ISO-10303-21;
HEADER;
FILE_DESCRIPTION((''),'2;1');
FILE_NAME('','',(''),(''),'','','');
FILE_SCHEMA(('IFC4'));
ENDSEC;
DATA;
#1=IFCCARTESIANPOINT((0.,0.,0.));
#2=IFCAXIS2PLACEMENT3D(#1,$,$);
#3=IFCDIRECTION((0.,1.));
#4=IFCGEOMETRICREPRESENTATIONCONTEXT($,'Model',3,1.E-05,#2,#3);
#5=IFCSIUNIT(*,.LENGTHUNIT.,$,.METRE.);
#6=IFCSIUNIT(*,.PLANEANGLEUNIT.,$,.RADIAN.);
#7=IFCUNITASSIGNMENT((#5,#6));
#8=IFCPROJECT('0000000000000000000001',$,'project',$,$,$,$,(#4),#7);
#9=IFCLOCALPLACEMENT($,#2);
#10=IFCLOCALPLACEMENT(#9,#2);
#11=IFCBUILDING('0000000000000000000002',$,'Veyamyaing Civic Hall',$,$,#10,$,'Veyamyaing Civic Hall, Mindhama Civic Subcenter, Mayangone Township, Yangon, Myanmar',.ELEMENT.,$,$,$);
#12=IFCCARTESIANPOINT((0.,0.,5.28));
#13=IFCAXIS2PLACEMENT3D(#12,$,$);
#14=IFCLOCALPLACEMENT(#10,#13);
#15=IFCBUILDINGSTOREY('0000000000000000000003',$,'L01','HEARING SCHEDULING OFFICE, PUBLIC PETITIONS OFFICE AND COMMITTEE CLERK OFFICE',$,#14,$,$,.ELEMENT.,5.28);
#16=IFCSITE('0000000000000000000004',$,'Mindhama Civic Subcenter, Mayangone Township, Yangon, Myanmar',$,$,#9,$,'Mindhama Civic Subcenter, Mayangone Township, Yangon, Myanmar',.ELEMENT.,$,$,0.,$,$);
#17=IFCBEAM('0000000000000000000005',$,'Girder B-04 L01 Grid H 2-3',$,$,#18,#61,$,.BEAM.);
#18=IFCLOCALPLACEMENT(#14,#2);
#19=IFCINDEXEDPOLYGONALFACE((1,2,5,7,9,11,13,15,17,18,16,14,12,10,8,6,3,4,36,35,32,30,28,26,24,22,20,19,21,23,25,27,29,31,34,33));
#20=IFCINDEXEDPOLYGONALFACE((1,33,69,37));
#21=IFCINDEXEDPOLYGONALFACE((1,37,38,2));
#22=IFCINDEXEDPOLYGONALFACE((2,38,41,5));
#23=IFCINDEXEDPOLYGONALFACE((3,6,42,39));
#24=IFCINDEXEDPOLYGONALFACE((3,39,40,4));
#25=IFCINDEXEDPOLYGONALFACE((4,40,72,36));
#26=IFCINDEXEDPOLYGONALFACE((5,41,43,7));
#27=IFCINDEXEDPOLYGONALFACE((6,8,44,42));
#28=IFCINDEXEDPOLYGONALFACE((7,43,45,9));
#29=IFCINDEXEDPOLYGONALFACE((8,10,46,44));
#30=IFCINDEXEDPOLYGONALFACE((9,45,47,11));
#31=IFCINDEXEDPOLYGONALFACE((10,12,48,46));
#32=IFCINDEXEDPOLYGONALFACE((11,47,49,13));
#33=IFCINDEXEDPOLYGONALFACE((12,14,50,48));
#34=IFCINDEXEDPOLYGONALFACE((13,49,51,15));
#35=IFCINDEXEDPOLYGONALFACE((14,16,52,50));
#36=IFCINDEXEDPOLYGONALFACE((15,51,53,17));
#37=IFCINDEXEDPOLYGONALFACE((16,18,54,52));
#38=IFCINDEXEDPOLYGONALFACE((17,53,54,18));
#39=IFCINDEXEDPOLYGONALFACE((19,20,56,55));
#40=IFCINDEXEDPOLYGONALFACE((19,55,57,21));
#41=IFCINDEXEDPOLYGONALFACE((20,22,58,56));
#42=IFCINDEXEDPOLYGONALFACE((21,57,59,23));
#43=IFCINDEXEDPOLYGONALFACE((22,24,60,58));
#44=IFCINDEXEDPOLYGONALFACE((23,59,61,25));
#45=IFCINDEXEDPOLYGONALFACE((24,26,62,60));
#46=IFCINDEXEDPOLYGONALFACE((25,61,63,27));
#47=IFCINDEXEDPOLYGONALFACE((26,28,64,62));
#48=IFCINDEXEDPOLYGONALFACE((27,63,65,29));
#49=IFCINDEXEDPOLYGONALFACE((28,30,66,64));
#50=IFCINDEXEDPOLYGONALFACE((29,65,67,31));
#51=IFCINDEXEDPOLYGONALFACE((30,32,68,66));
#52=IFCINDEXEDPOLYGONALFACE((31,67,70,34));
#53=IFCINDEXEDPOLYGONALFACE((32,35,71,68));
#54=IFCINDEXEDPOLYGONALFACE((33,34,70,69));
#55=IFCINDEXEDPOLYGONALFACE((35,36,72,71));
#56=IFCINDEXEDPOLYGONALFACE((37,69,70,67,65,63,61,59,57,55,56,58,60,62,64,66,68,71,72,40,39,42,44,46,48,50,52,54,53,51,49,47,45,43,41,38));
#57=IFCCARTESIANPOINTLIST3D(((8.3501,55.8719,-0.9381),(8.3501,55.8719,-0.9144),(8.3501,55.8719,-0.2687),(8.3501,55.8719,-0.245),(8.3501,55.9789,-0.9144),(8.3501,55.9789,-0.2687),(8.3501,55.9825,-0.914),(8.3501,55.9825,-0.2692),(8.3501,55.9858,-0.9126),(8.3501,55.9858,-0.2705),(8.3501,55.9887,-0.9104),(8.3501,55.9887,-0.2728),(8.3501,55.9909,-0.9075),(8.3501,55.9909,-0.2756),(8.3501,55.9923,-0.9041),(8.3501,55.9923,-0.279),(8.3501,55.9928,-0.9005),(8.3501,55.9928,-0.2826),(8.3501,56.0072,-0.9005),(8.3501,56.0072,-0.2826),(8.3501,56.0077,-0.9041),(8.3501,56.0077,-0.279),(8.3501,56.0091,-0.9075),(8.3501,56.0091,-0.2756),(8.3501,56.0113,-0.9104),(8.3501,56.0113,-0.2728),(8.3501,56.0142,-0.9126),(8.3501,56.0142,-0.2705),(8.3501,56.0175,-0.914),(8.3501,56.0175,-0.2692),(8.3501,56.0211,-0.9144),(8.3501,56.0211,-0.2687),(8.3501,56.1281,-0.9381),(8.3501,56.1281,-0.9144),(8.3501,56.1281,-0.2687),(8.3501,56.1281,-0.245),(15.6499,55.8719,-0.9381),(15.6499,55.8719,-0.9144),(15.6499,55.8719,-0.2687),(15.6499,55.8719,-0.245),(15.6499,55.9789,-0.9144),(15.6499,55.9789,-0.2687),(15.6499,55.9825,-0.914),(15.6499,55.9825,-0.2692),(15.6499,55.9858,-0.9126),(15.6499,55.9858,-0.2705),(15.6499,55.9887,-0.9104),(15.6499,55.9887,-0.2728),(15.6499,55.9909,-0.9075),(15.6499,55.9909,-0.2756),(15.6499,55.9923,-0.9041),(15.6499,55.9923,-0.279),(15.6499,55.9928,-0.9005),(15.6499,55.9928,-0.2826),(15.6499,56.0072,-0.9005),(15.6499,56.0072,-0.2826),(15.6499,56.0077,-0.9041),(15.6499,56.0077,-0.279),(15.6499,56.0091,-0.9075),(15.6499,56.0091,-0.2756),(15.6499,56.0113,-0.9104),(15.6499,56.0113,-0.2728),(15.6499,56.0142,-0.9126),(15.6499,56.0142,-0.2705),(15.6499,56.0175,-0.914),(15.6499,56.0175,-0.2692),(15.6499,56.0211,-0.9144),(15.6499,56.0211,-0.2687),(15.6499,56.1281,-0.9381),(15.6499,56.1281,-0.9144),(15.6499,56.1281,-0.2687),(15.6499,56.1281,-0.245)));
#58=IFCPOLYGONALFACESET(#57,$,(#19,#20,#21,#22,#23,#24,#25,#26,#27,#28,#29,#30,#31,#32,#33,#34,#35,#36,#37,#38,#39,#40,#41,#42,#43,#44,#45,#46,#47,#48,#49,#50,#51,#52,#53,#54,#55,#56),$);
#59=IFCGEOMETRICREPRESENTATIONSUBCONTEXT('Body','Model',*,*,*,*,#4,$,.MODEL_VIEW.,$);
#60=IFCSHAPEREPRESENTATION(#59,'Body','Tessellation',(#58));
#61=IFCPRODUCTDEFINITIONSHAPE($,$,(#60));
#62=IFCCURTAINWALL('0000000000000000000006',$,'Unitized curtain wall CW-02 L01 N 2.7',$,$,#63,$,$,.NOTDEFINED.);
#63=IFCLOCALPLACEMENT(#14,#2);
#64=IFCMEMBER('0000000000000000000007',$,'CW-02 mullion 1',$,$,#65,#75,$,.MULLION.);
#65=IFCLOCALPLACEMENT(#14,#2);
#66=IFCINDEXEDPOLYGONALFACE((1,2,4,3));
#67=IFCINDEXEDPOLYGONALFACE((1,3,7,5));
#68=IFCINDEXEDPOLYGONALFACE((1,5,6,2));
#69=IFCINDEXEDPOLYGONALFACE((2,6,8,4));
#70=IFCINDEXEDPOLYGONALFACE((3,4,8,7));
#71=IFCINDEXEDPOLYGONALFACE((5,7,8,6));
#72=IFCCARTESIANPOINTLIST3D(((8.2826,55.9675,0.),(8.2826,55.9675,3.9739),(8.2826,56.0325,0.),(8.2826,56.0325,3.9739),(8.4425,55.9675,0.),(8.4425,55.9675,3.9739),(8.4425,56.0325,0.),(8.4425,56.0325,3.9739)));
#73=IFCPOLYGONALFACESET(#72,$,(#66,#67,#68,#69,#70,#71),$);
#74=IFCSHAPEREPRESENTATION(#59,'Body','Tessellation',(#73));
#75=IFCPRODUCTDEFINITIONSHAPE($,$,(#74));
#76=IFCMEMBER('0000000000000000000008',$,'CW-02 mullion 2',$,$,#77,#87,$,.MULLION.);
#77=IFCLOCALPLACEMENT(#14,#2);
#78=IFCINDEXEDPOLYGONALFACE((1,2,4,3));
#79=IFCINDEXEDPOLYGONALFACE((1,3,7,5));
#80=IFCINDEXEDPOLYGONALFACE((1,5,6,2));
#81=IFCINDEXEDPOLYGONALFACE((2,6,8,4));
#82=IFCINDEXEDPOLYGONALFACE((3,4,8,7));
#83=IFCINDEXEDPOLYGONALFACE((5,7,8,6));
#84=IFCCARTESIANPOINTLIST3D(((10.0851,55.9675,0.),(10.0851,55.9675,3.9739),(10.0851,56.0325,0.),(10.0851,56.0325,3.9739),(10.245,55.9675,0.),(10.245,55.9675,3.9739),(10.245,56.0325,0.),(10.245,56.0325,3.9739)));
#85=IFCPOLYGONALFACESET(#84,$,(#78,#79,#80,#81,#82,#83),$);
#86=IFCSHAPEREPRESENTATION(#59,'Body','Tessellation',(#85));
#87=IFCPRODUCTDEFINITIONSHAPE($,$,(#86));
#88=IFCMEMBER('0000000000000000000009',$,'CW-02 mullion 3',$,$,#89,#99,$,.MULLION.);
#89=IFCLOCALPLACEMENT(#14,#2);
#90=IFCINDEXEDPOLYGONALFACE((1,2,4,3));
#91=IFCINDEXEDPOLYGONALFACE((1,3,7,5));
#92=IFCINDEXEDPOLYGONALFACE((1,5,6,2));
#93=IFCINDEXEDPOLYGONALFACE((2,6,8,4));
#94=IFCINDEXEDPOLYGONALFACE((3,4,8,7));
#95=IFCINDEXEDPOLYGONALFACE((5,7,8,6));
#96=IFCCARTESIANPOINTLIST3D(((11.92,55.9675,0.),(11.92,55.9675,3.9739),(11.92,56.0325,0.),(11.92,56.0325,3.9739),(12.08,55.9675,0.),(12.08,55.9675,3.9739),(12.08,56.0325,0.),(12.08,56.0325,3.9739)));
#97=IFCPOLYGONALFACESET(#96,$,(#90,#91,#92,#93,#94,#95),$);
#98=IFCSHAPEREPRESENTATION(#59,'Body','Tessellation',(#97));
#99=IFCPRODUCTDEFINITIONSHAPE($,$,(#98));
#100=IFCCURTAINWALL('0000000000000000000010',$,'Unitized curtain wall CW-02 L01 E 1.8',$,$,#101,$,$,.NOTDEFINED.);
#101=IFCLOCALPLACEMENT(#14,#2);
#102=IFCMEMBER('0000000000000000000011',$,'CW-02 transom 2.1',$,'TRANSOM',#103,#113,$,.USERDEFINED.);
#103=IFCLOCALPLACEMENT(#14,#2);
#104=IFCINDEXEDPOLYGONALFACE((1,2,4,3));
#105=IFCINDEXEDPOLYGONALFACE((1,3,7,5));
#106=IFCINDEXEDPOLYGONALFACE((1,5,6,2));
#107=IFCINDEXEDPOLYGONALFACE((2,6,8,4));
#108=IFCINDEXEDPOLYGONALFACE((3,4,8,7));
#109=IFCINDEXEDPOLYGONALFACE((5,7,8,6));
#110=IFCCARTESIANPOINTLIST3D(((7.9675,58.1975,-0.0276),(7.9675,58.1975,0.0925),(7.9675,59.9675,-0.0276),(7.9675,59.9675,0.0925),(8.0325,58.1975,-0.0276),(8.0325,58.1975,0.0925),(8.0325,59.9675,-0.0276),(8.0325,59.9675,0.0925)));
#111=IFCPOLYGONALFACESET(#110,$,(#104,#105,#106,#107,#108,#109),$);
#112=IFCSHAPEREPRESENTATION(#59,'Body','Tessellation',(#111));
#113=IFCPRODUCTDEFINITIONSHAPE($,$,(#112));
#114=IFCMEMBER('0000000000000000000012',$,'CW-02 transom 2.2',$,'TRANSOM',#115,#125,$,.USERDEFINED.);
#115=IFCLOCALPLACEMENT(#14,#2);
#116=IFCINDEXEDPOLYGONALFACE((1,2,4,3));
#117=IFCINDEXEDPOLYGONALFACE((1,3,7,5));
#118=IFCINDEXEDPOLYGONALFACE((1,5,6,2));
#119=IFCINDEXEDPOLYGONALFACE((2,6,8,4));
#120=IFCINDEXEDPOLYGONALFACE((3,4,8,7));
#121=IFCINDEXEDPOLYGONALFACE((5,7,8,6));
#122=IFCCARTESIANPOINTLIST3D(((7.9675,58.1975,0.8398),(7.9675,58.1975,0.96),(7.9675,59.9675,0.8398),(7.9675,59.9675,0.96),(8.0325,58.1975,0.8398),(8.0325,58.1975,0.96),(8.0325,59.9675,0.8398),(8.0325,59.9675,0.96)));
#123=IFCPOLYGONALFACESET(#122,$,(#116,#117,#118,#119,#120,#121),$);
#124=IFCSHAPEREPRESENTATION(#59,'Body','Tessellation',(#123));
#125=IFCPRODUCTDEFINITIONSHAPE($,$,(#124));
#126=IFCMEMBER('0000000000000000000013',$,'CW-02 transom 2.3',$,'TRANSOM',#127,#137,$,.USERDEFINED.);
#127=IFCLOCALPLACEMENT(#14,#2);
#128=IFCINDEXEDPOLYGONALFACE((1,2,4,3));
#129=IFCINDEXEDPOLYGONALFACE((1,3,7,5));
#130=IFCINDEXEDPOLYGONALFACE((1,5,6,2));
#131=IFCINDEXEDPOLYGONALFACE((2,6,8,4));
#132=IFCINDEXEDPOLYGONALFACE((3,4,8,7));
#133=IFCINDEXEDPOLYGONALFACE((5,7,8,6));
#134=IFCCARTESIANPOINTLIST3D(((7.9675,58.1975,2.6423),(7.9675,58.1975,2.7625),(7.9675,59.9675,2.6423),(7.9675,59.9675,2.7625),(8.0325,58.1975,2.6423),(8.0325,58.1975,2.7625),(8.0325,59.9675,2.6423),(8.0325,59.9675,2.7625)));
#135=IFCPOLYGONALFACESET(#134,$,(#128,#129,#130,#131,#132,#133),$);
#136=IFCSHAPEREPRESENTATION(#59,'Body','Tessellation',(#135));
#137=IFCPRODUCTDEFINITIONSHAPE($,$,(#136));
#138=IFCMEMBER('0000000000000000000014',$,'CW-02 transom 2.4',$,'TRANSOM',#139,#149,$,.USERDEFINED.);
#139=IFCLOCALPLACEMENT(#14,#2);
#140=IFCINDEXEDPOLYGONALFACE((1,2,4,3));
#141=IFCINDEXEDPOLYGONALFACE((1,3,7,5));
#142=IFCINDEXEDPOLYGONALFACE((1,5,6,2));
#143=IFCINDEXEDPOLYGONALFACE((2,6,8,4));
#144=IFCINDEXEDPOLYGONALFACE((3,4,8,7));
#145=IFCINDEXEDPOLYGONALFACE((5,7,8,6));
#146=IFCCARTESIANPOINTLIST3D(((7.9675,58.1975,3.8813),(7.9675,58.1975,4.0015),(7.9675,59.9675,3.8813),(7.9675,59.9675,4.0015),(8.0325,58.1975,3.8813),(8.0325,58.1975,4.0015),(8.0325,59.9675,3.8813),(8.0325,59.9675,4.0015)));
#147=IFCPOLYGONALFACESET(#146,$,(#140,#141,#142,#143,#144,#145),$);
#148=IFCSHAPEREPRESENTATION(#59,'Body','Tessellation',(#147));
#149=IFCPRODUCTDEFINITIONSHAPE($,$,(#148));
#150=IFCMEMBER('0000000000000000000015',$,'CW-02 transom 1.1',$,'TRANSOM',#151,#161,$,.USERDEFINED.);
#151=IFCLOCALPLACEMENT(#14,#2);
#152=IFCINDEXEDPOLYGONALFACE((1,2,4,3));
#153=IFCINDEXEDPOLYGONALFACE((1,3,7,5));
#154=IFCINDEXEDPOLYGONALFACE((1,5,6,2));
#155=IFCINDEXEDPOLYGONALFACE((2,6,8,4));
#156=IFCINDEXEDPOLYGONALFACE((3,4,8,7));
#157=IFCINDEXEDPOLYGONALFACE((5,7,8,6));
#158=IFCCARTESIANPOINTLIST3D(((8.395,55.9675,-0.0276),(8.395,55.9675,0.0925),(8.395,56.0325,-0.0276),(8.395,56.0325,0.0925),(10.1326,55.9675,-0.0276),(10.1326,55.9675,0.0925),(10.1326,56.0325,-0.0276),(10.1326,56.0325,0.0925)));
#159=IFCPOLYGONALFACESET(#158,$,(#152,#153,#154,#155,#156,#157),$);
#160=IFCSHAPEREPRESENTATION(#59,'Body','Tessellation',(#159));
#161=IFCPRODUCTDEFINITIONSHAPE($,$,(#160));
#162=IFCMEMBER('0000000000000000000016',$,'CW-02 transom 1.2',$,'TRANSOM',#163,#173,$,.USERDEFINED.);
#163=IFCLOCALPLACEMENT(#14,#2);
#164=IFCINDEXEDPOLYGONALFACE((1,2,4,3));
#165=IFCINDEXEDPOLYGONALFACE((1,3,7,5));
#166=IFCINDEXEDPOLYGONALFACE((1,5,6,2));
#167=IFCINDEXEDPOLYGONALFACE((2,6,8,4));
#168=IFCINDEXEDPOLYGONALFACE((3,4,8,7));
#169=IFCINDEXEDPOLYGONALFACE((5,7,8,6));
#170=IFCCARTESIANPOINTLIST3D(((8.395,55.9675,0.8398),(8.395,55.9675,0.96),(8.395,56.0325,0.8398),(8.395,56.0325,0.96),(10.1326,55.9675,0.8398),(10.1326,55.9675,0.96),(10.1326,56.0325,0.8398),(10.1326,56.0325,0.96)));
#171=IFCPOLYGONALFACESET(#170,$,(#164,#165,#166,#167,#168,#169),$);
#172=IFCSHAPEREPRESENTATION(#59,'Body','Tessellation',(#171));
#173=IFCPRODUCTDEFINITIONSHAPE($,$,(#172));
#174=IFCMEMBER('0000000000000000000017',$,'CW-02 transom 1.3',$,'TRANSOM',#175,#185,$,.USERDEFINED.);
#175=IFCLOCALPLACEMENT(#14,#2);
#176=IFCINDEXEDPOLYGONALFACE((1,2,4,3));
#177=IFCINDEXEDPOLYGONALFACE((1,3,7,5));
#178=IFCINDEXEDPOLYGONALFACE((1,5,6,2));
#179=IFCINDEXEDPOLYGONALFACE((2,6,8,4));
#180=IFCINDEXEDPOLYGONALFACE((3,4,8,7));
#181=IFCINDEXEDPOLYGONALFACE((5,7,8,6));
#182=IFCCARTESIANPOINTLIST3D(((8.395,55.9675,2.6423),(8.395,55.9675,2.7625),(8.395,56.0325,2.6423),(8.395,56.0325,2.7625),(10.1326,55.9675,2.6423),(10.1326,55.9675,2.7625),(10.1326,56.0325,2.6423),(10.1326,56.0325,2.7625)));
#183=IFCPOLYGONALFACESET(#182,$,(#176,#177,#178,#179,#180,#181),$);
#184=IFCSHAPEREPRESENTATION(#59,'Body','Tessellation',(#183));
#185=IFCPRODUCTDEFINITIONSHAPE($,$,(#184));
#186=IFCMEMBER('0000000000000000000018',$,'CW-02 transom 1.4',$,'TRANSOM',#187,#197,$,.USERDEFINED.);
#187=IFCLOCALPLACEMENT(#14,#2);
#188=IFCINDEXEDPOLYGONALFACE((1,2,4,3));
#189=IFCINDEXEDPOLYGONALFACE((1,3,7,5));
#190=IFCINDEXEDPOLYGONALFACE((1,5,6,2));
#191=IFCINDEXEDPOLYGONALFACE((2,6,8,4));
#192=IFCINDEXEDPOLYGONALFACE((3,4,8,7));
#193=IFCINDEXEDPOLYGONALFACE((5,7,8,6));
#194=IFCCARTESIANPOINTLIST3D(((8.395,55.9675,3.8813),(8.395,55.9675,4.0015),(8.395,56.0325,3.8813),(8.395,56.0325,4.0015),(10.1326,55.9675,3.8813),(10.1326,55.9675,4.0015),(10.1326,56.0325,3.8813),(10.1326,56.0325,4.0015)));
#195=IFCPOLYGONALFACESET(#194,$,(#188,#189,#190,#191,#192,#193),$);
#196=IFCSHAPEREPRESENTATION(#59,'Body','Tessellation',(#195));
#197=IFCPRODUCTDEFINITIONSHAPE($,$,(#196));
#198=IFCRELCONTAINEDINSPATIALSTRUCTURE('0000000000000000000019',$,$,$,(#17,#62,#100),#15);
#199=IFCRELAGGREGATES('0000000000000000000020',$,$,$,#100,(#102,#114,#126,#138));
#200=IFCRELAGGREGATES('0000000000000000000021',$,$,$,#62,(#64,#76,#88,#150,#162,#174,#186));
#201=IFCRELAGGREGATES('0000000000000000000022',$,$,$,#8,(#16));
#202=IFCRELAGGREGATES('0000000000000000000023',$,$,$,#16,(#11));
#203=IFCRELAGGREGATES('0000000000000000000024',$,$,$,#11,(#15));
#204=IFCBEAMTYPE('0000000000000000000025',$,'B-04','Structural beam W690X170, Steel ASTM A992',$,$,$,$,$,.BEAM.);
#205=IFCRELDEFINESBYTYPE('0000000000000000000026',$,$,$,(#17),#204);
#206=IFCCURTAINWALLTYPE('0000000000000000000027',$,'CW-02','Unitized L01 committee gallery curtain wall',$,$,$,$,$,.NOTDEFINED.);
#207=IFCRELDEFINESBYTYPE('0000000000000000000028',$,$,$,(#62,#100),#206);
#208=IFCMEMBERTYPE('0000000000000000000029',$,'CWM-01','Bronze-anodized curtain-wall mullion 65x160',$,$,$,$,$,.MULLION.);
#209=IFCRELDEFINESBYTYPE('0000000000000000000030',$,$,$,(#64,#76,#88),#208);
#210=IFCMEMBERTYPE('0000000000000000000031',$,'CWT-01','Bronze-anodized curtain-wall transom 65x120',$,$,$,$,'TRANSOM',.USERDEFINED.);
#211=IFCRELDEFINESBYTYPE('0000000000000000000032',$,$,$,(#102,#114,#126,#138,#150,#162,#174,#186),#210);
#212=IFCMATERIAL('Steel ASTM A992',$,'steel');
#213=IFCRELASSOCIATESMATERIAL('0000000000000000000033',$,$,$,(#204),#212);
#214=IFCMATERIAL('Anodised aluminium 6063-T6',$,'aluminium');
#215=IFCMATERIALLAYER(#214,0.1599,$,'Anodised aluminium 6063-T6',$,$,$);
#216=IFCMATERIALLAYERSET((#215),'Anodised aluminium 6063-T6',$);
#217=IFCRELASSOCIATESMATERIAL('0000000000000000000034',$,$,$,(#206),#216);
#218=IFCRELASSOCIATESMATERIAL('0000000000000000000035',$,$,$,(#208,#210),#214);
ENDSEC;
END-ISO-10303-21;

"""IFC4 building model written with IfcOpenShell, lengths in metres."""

from ifc_helpers import new_model, si_unit, direction, frame, origin, origin_2d, place, context, subcontext, project, spatial, rectangle, i_section, extrude, material, layer, layer_set, material_profile, profile_set, type_object, element, aggregate, save


model = new_model("IFC4")

# Units and contexts
model_context = context("Model", 3, precision=1e-05, world=origin(), true_north=direction((0.0, 1.0)))
body_context = subcontext(model_context, "Body", "Model", "MODEL_VIEW")
ifc_project = project(units=[si_unit("LENGTHUNIT", "METRE"), si_unit("PLANEANGLEUNIT", "RADIAN")], contexts=[model_context])

# Site, building, storey
site_placement = place(None, origin())
site = spatial("IfcSite", under=ifc_project, at=site_placement, Name="Mindhama Civic Subcenter, Mayangone Township, Yangon, Myanmar", LongName="Mindhama Civic Subcenter, Mayangone Township, Yangon, Myanmar", CompositionType="ELEMENT", RefElevation=0.0)
building_placement = place(site_placement, origin())
building = spatial("IfcBuilding", under=site, at=building_placement, Name="Veyamyaing Civic Hall", LongName="Veyamyaing Civic Hall, Mindhama Civic Subcenter, Mayangone Township, Yangon, Myanmar", CompositionType="ELEMENT")
storey_placement = place(building_placement, frame((0.0, 0.0, 5.28)))
storey = spatial("IfcBuildingStorey", under=building, at=storey_placement, Name="L01", Description="HEARING SCHEDULING OFFICE, PUBLIC PETITIONS OFFICE AND COMMITTEE CLERK OFFICE", CompositionType="ELEMENT", Elevation=5.28)

# Beam
ifc_material_1 = material(Name="Steel ASTM A992", Category="steel")
ifc_material_profile_1 = material_profile(ifc_material_1, i_section(OverallWidth=0.2561, OverallDepth=0.6931, WebThickness=0.0144, FlangeThickness=0.0237, FilletRadius=0.0139, at=origin_2d()), Name="W690X170")
ifc_profile_set_1 = profile_set([ifc_material_profile_1], Name="Steel ASTM A992")
beam_type_1 = type_object("IfcBeamType", Name="B-04", Description="Structural beam W690X170, Steel ASTM A992", PredefinedType="BEAM", material=ifc_profile_set_1)
beam_1_placement = place(storey_placement, frame((8.3501, 56.0, -0.5916), z_axis=(1.0, 0.0, 0.0), x_axis=(0.0, 1.0, 0.0)))
element("IfcBeam", 1, at=beam_1_placement, inside=storey, type_object=beam_type_1, Name="Girder B-04 L01 Grid H 2-3", PredefinedType="BEAM", context=body_context, shape_type="SweptSolid", body=[
    extrude(i_section(OverallWidth=0.2561, OverallDepth=0.6931, WebThickness=0.0144, FlangeThickness=0.0237, FilletRadius=0.0139, at=origin_2d()), origin(), (0.0, 0.0, 1.0), 7.2998),
])

# Curtain walls, members
ifc_material_2 = material(Name="Anodised aluminium 6063-T6", Category="aluminium")
ifc_layer_1 = layer(ifc_material_2, 0.1599, Name="Anodised aluminium 6063-T6")
ifc_layer_set_1 = layer_set([ifc_layer_1], Name="Anodised aluminium 6063-T6")
curtain_wall_type = type_object("IfcCurtainWallType", Name="CW-02", Description="Unitized L01 committee gallery curtain wall", PredefinedType="NOTDEFINED", material=ifc_layer_set_1)
curtain_wall_1_placement = place(storey_placement, origin())
curtain_wall_1 = element("IfcCurtainWall", 2, at=curtain_wall_1_placement, inside=storey, type_object=curtain_wall_type, Name="Unitized curtain wall CW-02 L01 N 2.7", PredefinedType="NOTDEFINED")
ifc_material_profile_2 = material_profile(ifc_material_2, rectangle(XDim=0.0649, YDim=0.1599, at=origin_2d()), Name="ALU-MUL-65X160")
ifc_profile_set_2 = profile_set([ifc_material_profile_2], Name="Anodised aluminium 6063-T6")
member_type_1 = type_object("IfcMemberType", Name="CWM-01", Description="Bronze-anodized curtain-wall mullion 65x160", PredefinedType="MULLION", material=ifc_profile_set_2)
member_1_placement = place(storey_placement, frame((8.3625, 56.0, 0.0), z_axis=(0.0, 0.0, 1.0), x_axis=(0.0, 1.0, 0.0)))
member_1 = element("IfcMember", 3, at=member_1_placement, type_object=member_type_1, Name="CW-02 mullion 1", PredefinedType="MULLION", context=body_context, shape_type="SweptSolid", body=[
    extrude(rectangle(XDim=0.0649, YDim=0.1599, at=origin_2d()), origin(), (0.0, 0.0, 1.0), 3.9739),
])
member_2_placement = place(storey_placement, frame((10.165, 56.0, 0.0), z_axis=(0.0, 0.0, 1.0), x_axis=(0.0, 1.0, 0.0)))
member_2 = element("IfcMember", 4, at=member_2_placement, type_object=member_type_1, Name="CW-02 mullion 2", PredefinedType="MULLION", context=body_context, shape_type="SweptSolid", body=[
    extrude(rectangle(XDim=0.0649, YDim=0.1599, at=origin_2d()), origin(), (0.0, 0.0, 1.0), 3.9739),
])
member_3_placement = place(storey_placement, frame((12.0, 56.0, 0.0), z_axis=(0.0, 0.0, 1.0), x_axis=(0.0, 1.0, 0.0)))
member_3 = element("IfcMember", 5, at=member_3_placement, type_object=member_type_1, Name="CW-02 mullion 3", PredefinedType="MULLION", context=body_context, shape_type="SweptSolid", body=[
    extrude(rectangle(XDim=0.0649, YDim=0.1599, at=origin_2d()), origin(), (0.0, 0.0, 1.0), 3.9739),
])
curtain_wall_2_placement = place(storey_placement, origin())
curtain_wall_2 = element("IfcCurtainWall", 6, at=curtain_wall_2_placement, inside=storey, type_object=curtain_wall_type, Name="Unitized curtain wall CW-02 L01 E 1.8", PredefinedType="NOTDEFINED")
ifc_material_profile_3 = material_profile(ifc_material_2, rectangle(XDim=0.0649, YDim=0.1201, at=origin_2d()), Name="ALU-TRN-65X120")
ifc_profile_set_3 = profile_set([ifc_material_profile_3], Name="Anodised aluminium 6063-T6")
member_type_2 = type_object("IfcMemberType", Name="CWT-01", Description="Bronze-anodized curtain-wall transom 65x120", ElementType="TRANSOM", PredefinedType="USERDEFINED", material=ifc_profile_set_3)
member_4_placement = place(storey_placement, frame((8.0, 58.1975, 0.0325), z_axis=(0.0, 1.0, 0.0), x_axis=(-1.0, 0.0, 0.0)))
member_4 = element("IfcMember", 7, at=member_4_placement, type_object=member_type_2, Name="CW-02 transom 2.1", ObjectType="TRANSOM", PredefinedType="USERDEFINED", context=body_context, shape_type="SweptSolid", body=[
    extrude(rectangle(XDim=0.0649, YDim=0.1201, at=origin_2d()), origin(), (0.0, 0.0, 1.0), 1.77),
])
member_5_placement = place(storey_placement, frame((8.0, 58.1975, 0.8999), z_axis=(0.0, 1.0, 0.0), x_axis=(-1.0, 0.0, 0.0)))
member_5 = element("IfcMember", 8, at=member_5_placement, type_object=member_type_2, Name="CW-02 transom 2.2", ObjectType="TRANSOM", PredefinedType="USERDEFINED", context=body_context, shape_type="SweptSolid", body=[
    extrude(rectangle(XDim=0.0649, YDim=0.1201, at=origin_2d()), origin(), (0.0, 0.0, 1.0), 1.77),
])
member_6_placement = place(storey_placement, frame((8.0, 58.1975, 2.7024), z_axis=(0.0, 1.0, 0.0), x_axis=(-1.0, 0.0, 0.0)))
member_6 = element("IfcMember", 9, at=member_6_placement, type_object=member_type_2, Name="CW-02 transom 2.3", ObjectType="TRANSOM", PredefinedType="USERDEFINED", context=body_context, shape_type="SweptSolid", body=[
    extrude(rectangle(XDim=0.0649, YDim=0.1201, at=origin_2d()), origin(), (0.0, 0.0, 1.0), 1.77),
])
member_7_placement = place(storey_placement, frame((8.0, 58.1975, 3.9414), z_axis=(0.0, 1.0, 0.0), x_axis=(-1.0, 0.0, 0.0)))
member_7 = element("IfcMember", 10, at=member_7_placement, type_object=member_type_2, Name="CW-02 transom 2.4", ObjectType="TRANSOM", PredefinedType="USERDEFINED", context=body_context, shape_type="SweptSolid", body=[
    extrude(rectangle(XDim=0.0649, YDim=0.1201, at=origin_2d()), origin(), (0.0, 0.0, 1.0), 1.77),
])

# Members
member_8_placement = place(storey_placement, frame((8.395, 56.0, 0.0325), z_axis=(1.0, 0.0, 0.0), x_axis=(0.0, 1.0, 0.0)))
member_8 = element("IfcMember", 11, at=member_8_placement, type_object=member_type_2, Name="CW-02 transom 1.1", ObjectType="TRANSOM", PredefinedType="USERDEFINED", context=body_context, shape_type="SweptSolid", body=[
    extrude(rectangle(XDim=0.0649, YDim=0.1201, at=origin_2d()), origin(), (0.0, 0.0, 1.0), 1.7375),
])
member_9_placement = place(storey_placement, frame((8.395, 56.0, 0.8999), z_axis=(1.0, 0.0, 0.0), x_axis=(0.0, 1.0, 0.0)))
member_9 = element("IfcMember", 12, at=member_9_placement, type_object=member_type_2, Name="CW-02 transom 1.2", ObjectType="TRANSOM", PredefinedType="USERDEFINED", context=body_context, shape_type="SweptSolid", body=[
    extrude(rectangle(XDim=0.0649, YDim=0.1201, at=origin_2d()), origin(), (0.0, 0.0, 1.0), 1.7375),
])
member_10_placement = place(storey_placement, frame((8.395, 56.0, 2.7024), z_axis=(1.0, 0.0, 0.0), x_axis=(0.0, 1.0, 0.0)))
member_10 = element("IfcMember", 13, at=member_10_placement, type_object=member_type_2, Name="CW-02 transom 1.3", ObjectType="TRANSOM", PredefinedType="USERDEFINED", context=body_context, shape_type="SweptSolid", body=[
    extrude(rectangle(XDim=0.0649, YDim=0.1201, at=origin_2d()), origin(), (0.0, 0.0, 1.0), 1.7375),
])
member_11_placement = place(storey_placement, frame((8.395, 56.0, 3.9414), z_axis=(1.0, 0.0, 0.0), x_axis=(0.0, 1.0, 0.0)))
member_11 = element("IfcMember", 14, at=member_11_placement, type_object=member_type_2, Name="CW-02 transom 1.4", ObjectType="TRANSOM", PredefinedType="USERDEFINED", context=body_context, shape_type="SweptSolid", body=[
    extrude(rectangle(XDim=0.0649, YDim=0.1201, at=origin_2d()), origin(), (0.0, 0.0, 1.0), 1.7375),
])

aggregate(curtain_wall_2, [member_4, member_5, member_6, member_7])
aggregate(curtain_wall_1, [member_1, member_2, member_3, member_8, member_9, member_10, member_11])

save(model, "model.ifc")
